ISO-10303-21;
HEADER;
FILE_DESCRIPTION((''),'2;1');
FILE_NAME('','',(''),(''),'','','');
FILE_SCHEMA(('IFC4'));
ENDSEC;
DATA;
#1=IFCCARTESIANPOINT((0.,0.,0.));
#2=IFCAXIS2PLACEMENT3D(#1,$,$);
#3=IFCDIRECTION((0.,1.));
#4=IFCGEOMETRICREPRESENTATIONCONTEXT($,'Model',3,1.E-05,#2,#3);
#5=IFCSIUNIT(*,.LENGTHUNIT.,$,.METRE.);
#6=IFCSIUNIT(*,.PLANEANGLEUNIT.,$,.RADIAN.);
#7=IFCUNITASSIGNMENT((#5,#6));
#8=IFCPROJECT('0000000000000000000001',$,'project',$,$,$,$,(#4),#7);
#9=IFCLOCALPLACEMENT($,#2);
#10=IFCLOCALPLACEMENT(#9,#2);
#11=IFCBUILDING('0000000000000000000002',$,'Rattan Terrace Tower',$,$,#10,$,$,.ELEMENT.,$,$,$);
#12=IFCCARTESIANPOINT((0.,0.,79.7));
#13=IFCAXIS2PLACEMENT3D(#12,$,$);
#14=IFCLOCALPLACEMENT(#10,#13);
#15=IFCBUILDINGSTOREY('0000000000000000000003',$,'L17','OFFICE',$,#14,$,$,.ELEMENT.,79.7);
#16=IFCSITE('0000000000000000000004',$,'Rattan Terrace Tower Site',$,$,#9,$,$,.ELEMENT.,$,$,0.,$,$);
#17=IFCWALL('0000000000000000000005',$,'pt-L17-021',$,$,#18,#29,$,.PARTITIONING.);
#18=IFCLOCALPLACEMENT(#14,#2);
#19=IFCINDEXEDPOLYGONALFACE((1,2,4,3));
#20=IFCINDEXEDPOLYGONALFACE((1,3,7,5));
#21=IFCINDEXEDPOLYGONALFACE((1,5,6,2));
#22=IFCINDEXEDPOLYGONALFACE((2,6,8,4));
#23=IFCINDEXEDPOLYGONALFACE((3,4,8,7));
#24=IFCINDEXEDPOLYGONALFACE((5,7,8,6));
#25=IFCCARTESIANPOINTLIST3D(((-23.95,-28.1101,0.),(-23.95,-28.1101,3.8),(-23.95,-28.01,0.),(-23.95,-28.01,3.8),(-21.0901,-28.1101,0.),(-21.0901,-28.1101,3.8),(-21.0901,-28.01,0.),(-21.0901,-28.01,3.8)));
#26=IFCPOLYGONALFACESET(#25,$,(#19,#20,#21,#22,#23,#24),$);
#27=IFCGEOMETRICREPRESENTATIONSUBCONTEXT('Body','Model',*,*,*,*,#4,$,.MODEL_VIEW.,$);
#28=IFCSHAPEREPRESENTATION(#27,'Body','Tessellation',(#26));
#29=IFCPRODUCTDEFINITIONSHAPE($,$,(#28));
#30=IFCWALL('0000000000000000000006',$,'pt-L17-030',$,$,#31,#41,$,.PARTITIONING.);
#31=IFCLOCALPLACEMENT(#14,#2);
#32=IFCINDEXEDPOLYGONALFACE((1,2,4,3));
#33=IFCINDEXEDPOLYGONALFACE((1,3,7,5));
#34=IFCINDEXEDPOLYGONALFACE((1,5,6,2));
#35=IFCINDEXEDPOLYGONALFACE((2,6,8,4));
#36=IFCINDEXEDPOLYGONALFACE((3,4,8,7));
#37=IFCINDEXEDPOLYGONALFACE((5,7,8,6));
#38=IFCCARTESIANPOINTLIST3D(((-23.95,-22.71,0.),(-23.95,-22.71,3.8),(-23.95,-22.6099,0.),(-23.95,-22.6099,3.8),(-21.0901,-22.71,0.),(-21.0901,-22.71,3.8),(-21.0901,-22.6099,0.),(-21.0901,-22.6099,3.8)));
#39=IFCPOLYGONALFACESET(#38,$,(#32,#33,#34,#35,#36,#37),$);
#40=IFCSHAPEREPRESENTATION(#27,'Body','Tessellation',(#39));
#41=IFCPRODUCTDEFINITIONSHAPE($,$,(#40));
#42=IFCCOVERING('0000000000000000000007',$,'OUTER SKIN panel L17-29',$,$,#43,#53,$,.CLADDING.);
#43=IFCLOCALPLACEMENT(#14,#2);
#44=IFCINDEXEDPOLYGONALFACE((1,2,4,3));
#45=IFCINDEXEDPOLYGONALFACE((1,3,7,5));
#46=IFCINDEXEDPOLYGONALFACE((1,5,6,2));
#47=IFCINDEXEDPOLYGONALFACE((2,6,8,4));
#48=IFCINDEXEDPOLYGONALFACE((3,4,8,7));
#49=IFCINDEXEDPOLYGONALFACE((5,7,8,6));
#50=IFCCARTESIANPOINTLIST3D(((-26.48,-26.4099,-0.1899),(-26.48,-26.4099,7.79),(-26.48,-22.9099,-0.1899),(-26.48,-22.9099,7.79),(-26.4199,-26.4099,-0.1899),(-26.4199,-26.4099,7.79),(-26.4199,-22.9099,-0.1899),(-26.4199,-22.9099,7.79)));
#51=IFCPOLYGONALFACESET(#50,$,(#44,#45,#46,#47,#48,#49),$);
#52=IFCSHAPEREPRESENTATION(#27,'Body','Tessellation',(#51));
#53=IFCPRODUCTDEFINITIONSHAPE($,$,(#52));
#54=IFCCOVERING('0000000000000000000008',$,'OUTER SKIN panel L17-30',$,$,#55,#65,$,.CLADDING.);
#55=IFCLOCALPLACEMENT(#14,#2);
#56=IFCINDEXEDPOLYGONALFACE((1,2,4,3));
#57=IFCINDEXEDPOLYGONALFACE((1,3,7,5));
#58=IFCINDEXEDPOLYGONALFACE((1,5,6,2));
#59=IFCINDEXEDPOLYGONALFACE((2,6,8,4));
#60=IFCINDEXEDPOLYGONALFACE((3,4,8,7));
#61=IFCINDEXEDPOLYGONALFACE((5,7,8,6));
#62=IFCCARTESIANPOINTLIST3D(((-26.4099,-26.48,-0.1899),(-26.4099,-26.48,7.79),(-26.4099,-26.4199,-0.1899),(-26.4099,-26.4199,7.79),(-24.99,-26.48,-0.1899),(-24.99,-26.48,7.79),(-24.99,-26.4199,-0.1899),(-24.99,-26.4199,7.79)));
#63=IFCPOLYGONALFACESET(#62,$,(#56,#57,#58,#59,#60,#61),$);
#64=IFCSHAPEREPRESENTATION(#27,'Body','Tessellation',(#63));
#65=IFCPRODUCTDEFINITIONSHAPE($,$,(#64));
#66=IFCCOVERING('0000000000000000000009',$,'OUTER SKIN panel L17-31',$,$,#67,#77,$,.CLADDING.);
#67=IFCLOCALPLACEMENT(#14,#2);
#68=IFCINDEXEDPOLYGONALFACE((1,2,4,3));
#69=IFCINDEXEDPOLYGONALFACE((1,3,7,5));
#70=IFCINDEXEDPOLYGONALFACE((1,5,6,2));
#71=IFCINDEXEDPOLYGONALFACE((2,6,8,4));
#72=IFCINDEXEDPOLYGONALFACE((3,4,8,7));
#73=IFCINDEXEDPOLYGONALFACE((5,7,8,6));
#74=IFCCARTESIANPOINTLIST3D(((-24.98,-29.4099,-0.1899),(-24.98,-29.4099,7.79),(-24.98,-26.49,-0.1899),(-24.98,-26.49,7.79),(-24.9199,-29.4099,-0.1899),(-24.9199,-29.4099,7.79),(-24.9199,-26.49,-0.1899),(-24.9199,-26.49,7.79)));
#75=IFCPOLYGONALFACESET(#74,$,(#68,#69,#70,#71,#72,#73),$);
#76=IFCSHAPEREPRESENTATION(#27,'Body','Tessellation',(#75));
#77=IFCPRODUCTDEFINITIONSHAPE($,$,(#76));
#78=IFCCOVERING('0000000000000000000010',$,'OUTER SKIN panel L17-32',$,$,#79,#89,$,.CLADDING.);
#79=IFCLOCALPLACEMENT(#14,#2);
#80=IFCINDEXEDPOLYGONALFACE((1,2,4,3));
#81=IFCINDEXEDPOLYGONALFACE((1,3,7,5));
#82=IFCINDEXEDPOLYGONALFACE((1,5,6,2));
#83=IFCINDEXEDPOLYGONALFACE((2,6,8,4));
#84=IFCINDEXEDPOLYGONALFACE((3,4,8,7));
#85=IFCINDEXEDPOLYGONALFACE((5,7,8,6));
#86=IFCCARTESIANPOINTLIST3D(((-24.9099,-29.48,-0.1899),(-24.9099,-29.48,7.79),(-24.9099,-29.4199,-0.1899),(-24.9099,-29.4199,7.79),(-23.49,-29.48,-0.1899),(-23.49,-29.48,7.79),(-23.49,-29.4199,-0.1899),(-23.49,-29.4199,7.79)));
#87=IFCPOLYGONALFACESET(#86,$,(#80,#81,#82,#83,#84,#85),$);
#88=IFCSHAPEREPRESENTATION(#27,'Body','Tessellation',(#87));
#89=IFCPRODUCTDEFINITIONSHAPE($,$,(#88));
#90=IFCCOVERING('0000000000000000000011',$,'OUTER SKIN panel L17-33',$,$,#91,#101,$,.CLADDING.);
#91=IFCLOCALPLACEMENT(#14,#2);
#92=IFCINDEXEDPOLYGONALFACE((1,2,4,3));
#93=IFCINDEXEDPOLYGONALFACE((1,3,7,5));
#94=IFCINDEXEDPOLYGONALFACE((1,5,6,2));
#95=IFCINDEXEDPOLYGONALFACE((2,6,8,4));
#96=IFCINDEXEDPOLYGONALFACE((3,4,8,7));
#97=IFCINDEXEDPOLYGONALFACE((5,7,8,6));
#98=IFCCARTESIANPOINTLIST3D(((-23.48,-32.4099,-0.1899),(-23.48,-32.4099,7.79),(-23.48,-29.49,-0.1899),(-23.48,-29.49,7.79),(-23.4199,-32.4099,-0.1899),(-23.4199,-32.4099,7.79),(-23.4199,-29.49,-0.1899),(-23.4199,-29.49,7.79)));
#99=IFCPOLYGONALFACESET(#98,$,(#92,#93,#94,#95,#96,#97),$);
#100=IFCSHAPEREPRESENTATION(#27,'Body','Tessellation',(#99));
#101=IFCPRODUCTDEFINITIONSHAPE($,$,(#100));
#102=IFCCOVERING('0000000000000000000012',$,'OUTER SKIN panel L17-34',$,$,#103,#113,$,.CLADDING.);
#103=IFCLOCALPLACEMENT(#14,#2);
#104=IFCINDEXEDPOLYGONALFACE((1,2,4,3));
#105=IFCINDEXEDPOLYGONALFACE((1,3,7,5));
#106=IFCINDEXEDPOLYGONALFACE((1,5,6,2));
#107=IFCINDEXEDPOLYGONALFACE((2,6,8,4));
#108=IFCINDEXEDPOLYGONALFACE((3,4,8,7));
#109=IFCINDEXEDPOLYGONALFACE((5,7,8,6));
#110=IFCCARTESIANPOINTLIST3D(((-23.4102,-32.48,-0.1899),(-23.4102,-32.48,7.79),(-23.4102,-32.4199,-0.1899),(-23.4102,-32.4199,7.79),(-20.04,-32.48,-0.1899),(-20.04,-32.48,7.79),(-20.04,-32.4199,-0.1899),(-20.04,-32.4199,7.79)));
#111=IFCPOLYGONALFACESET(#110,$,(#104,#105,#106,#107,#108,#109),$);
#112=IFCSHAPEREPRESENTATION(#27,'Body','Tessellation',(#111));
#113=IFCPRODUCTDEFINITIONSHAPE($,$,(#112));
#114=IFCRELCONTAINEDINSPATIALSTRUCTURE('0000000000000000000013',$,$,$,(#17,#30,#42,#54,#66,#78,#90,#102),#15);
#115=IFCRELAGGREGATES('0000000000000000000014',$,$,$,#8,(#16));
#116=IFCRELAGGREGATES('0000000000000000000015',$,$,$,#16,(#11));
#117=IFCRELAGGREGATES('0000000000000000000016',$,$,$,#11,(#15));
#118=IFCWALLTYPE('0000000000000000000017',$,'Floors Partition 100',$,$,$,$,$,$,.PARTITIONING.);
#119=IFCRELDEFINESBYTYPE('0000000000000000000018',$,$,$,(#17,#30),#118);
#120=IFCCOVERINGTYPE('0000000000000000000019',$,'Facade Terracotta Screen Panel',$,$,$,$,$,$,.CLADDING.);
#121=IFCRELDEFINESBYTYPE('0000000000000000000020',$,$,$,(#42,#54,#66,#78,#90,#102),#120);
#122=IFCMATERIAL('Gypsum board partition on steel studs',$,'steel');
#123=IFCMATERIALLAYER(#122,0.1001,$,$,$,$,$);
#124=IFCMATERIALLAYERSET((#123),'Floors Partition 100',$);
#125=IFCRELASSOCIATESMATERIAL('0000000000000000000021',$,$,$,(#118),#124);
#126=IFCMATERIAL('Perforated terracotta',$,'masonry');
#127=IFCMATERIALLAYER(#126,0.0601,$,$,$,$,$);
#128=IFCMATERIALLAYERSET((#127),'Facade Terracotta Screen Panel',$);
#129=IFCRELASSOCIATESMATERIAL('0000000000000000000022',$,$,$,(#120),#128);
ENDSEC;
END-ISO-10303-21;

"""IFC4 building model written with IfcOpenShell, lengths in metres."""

from ifc_helpers import new_model, si_unit, direction, frame, frame_2d, origin, origin_2d, place, context, subcontext, project, spatial, rectangle, extrude, material, layer, layer_set, type_object, element, save


model = new_model("IFC4")

# Units and contexts
model_context = context("Model", 3, precision=1e-05, world=origin(), true_north=direction((0.0, 1.0)))
body_context = subcontext(model_context, "Body", "Model", "MODEL_VIEW")
ifc_project = project(units=[si_unit("LENGTHUNIT", "METRE"), si_unit("PLANEANGLEUNIT", "RADIAN")], contexts=[model_context])

# Site, building, storey
site_placement = place(None, origin())
site = spatial("IfcSite", under=ifc_project, at=site_placement, Name="Rattan Terrace Tower Site", CompositionType="ELEMENT", RefElevation=0.0)
building_placement = place(site_placement, origin())
building = spatial("IfcBuilding", under=site, at=building_placement, Name="Rattan Terrace Tower", CompositionType="ELEMENT")
storey_placement = place(building_placement, frame((0.0, 0.0, 79.7)))
storey = spatial("IfcBuildingStorey", under=building, at=storey_placement, Name="L17", Description="OFFICE", CompositionType="ELEMENT", Elevation=79.7)

# Shared definitions
ifc_material_1 = material(Name="Gypsum board partition on steel studs", Category="steel")
ifc_layer_1 = layer(ifc_material_1, 0.1001)
ifc_layer_set_1 = layer_set([ifc_layer_1], Name="Floors Partition 100")
wall_type_1 = type_object("IfcWallType", Name="Floors Partition 100", PredefinedType="PARTITIONING", material=ifc_layer_set_1)

# Walls
for number, where, z_axis, x_axis, name in (
    (1, (-23.95, -28.0601, 0.0), (0.0, 0.0, 1.0), (1.0, 0.0, 0.0), "pt-L17-021"),
    (2, (-23.95, -22.6599, 0.0), (0.0, 0.0, 1.0), (1.0, 0.0, 0.0), "pt-L17-030"),
):
    element("IfcWall", number, at=place(storey_placement, frame(where, z_axis=z_axis, x_axis=x_axis)), inside=storey, type_object=wall_type_1, Name=name, PredefinedType="PARTITIONING", context=body_context, shape_type="SweptSolid", body=[
        extrude(rectangle(XDim=2.8599, YDim=0.1001, at=frame_2d((1.4299, 0.0))), origin(), (0.0, 0.0, 1.0), 3.8),
    ])

# Coverings
ifc_material_2 = material(Name="Perforated terracotta", Category="masonry")
ifc_layer_2 = layer(ifc_material_2, 0.0601)
ifc_layer_set_2 = layer_set([ifc_layer_2], Name="Facade Terracotta Screen Panel")
covering_type = type_object("IfcCoveringType", Name="Facade Terracotta Screen Panel", PredefinedType="CLADDING", material=ifc_layer_set_2)
covering_1_placement = place(storey_placement, frame((-26.45, -24.6599, -0.1899), z_axis=(0.0, 0.0, 1.0), x_axis=(0.0, -1.0, 0.0)))
element("IfcCovering", 3, at=covering_1_placement, inside=storey, type_object=covering_type, Name="OUTER SKIN panel L17-29", PredefinedType="CLADDING", context=body_context, shape_type="SweptSolid", body=[
    extrude(rectangle(XDim=3.5, YDim=0.0601, at=origin_2d()), origin(), (0.0, 0.0, 1.0), 7.98),
])
covering_2_placement = place(storey_placement, frame((-25.7, -26.45, -0.1899), z_axis=(0.0, 0.0, 1.0), x_axis=(1.0, 0.0, 0.0)))
element("IfcCovering", 4, at=covering_2_placement, inside=storey, type_object=covering_type, Name="OUTER SKIN panel L17-30", PredefinedType="CLADDING", context=body_context, shape_type="SweptSolid", body=[
    extrude(rectangle(XDim=1.4199, YDim=0.0601, at=origin_2d()), origin(), (0.0, 0.0, 1.0), 7.98),
])
covering_3_placement = place(storey_placement, frame((-24.95, -27.95, -0.1899), z_axis=(0.0, 0.0, 1.0), x_axis=(0.0, -1.0, 0.0)))
element("IfcCovering", 5, at=covering_3_placement, inside=storey, type_object=covering_type, Name="OUTER SKIN panel L17-31", PredefinedType="CLADDING", context=body_context, shape_type="SweptSolid", body=[
    extrude(rectangle(XDim=2.9199, YDim=0.0601, at=origin_2d()), origin(), (0.0, 0.0, 1.0), 7.98),
])
covering_4_placement = place(storey_placement, frame((-24.2, -29.45, -0.1899), z_axis=(0.0, 0.0, 1.0), x_axis=(1.0, 0.0, 0.0)))
element("IfcCovering", 6, at=covering_4_placement, inside=storey, type_object=covering_type, Name="OUTER SKIN panel L17-32", PredefinedType="CLADDING", context=body_context, shape_type="SweptSolid", body=[
    extrude(rectangle(XDim=1.4199, YDim=0.0601, at=origin_2d()), origin(), (0.0, 0.0, 1.0), 7.98),
])
covering_5_placement = place(storey_placement, frame((-23.45, -30.95, -0.1899), z_axis=(0.0, 0.0, 1.0), x_axis=(0.0, -1.0, 0.0)))
element("IfcCovering", 7, at=covering_5_placement, inside=storey, type_object=covering_type, Name="OUTER SKIN panel L17-33", PredefinedType="CLADDING", context=body_context, shape_type="SweptSolid", body=[
    extrude(rectangle(XDim=2.9199, YDim=0.0601, at=origin_2d()), origin(), (0.0, 0.0, 1.0), 7.98),
])
covering_6_placement = place(storey_placement, frame((-21.7251, -32.45, -0.1899), z_axis=(0.0, 0.0, 1.0), x_axis=(1.0, 0.0, 0.0)))
element("IfcCovering", 8, at=covering_6_placement, inside=storey, type_object=covering_type, Name="OUTER SKIN panel L17-34", PredefinedType="CLADDING", context=body_context, shape_type="SweptSolid", body=[
    extrude(rectangle(XDim=3.3701, YDim=0.0601, at=origin_2d()), origin(), (0.0, 0.0, 1.0), 7.98),
])

save(model, "model.ifc")
